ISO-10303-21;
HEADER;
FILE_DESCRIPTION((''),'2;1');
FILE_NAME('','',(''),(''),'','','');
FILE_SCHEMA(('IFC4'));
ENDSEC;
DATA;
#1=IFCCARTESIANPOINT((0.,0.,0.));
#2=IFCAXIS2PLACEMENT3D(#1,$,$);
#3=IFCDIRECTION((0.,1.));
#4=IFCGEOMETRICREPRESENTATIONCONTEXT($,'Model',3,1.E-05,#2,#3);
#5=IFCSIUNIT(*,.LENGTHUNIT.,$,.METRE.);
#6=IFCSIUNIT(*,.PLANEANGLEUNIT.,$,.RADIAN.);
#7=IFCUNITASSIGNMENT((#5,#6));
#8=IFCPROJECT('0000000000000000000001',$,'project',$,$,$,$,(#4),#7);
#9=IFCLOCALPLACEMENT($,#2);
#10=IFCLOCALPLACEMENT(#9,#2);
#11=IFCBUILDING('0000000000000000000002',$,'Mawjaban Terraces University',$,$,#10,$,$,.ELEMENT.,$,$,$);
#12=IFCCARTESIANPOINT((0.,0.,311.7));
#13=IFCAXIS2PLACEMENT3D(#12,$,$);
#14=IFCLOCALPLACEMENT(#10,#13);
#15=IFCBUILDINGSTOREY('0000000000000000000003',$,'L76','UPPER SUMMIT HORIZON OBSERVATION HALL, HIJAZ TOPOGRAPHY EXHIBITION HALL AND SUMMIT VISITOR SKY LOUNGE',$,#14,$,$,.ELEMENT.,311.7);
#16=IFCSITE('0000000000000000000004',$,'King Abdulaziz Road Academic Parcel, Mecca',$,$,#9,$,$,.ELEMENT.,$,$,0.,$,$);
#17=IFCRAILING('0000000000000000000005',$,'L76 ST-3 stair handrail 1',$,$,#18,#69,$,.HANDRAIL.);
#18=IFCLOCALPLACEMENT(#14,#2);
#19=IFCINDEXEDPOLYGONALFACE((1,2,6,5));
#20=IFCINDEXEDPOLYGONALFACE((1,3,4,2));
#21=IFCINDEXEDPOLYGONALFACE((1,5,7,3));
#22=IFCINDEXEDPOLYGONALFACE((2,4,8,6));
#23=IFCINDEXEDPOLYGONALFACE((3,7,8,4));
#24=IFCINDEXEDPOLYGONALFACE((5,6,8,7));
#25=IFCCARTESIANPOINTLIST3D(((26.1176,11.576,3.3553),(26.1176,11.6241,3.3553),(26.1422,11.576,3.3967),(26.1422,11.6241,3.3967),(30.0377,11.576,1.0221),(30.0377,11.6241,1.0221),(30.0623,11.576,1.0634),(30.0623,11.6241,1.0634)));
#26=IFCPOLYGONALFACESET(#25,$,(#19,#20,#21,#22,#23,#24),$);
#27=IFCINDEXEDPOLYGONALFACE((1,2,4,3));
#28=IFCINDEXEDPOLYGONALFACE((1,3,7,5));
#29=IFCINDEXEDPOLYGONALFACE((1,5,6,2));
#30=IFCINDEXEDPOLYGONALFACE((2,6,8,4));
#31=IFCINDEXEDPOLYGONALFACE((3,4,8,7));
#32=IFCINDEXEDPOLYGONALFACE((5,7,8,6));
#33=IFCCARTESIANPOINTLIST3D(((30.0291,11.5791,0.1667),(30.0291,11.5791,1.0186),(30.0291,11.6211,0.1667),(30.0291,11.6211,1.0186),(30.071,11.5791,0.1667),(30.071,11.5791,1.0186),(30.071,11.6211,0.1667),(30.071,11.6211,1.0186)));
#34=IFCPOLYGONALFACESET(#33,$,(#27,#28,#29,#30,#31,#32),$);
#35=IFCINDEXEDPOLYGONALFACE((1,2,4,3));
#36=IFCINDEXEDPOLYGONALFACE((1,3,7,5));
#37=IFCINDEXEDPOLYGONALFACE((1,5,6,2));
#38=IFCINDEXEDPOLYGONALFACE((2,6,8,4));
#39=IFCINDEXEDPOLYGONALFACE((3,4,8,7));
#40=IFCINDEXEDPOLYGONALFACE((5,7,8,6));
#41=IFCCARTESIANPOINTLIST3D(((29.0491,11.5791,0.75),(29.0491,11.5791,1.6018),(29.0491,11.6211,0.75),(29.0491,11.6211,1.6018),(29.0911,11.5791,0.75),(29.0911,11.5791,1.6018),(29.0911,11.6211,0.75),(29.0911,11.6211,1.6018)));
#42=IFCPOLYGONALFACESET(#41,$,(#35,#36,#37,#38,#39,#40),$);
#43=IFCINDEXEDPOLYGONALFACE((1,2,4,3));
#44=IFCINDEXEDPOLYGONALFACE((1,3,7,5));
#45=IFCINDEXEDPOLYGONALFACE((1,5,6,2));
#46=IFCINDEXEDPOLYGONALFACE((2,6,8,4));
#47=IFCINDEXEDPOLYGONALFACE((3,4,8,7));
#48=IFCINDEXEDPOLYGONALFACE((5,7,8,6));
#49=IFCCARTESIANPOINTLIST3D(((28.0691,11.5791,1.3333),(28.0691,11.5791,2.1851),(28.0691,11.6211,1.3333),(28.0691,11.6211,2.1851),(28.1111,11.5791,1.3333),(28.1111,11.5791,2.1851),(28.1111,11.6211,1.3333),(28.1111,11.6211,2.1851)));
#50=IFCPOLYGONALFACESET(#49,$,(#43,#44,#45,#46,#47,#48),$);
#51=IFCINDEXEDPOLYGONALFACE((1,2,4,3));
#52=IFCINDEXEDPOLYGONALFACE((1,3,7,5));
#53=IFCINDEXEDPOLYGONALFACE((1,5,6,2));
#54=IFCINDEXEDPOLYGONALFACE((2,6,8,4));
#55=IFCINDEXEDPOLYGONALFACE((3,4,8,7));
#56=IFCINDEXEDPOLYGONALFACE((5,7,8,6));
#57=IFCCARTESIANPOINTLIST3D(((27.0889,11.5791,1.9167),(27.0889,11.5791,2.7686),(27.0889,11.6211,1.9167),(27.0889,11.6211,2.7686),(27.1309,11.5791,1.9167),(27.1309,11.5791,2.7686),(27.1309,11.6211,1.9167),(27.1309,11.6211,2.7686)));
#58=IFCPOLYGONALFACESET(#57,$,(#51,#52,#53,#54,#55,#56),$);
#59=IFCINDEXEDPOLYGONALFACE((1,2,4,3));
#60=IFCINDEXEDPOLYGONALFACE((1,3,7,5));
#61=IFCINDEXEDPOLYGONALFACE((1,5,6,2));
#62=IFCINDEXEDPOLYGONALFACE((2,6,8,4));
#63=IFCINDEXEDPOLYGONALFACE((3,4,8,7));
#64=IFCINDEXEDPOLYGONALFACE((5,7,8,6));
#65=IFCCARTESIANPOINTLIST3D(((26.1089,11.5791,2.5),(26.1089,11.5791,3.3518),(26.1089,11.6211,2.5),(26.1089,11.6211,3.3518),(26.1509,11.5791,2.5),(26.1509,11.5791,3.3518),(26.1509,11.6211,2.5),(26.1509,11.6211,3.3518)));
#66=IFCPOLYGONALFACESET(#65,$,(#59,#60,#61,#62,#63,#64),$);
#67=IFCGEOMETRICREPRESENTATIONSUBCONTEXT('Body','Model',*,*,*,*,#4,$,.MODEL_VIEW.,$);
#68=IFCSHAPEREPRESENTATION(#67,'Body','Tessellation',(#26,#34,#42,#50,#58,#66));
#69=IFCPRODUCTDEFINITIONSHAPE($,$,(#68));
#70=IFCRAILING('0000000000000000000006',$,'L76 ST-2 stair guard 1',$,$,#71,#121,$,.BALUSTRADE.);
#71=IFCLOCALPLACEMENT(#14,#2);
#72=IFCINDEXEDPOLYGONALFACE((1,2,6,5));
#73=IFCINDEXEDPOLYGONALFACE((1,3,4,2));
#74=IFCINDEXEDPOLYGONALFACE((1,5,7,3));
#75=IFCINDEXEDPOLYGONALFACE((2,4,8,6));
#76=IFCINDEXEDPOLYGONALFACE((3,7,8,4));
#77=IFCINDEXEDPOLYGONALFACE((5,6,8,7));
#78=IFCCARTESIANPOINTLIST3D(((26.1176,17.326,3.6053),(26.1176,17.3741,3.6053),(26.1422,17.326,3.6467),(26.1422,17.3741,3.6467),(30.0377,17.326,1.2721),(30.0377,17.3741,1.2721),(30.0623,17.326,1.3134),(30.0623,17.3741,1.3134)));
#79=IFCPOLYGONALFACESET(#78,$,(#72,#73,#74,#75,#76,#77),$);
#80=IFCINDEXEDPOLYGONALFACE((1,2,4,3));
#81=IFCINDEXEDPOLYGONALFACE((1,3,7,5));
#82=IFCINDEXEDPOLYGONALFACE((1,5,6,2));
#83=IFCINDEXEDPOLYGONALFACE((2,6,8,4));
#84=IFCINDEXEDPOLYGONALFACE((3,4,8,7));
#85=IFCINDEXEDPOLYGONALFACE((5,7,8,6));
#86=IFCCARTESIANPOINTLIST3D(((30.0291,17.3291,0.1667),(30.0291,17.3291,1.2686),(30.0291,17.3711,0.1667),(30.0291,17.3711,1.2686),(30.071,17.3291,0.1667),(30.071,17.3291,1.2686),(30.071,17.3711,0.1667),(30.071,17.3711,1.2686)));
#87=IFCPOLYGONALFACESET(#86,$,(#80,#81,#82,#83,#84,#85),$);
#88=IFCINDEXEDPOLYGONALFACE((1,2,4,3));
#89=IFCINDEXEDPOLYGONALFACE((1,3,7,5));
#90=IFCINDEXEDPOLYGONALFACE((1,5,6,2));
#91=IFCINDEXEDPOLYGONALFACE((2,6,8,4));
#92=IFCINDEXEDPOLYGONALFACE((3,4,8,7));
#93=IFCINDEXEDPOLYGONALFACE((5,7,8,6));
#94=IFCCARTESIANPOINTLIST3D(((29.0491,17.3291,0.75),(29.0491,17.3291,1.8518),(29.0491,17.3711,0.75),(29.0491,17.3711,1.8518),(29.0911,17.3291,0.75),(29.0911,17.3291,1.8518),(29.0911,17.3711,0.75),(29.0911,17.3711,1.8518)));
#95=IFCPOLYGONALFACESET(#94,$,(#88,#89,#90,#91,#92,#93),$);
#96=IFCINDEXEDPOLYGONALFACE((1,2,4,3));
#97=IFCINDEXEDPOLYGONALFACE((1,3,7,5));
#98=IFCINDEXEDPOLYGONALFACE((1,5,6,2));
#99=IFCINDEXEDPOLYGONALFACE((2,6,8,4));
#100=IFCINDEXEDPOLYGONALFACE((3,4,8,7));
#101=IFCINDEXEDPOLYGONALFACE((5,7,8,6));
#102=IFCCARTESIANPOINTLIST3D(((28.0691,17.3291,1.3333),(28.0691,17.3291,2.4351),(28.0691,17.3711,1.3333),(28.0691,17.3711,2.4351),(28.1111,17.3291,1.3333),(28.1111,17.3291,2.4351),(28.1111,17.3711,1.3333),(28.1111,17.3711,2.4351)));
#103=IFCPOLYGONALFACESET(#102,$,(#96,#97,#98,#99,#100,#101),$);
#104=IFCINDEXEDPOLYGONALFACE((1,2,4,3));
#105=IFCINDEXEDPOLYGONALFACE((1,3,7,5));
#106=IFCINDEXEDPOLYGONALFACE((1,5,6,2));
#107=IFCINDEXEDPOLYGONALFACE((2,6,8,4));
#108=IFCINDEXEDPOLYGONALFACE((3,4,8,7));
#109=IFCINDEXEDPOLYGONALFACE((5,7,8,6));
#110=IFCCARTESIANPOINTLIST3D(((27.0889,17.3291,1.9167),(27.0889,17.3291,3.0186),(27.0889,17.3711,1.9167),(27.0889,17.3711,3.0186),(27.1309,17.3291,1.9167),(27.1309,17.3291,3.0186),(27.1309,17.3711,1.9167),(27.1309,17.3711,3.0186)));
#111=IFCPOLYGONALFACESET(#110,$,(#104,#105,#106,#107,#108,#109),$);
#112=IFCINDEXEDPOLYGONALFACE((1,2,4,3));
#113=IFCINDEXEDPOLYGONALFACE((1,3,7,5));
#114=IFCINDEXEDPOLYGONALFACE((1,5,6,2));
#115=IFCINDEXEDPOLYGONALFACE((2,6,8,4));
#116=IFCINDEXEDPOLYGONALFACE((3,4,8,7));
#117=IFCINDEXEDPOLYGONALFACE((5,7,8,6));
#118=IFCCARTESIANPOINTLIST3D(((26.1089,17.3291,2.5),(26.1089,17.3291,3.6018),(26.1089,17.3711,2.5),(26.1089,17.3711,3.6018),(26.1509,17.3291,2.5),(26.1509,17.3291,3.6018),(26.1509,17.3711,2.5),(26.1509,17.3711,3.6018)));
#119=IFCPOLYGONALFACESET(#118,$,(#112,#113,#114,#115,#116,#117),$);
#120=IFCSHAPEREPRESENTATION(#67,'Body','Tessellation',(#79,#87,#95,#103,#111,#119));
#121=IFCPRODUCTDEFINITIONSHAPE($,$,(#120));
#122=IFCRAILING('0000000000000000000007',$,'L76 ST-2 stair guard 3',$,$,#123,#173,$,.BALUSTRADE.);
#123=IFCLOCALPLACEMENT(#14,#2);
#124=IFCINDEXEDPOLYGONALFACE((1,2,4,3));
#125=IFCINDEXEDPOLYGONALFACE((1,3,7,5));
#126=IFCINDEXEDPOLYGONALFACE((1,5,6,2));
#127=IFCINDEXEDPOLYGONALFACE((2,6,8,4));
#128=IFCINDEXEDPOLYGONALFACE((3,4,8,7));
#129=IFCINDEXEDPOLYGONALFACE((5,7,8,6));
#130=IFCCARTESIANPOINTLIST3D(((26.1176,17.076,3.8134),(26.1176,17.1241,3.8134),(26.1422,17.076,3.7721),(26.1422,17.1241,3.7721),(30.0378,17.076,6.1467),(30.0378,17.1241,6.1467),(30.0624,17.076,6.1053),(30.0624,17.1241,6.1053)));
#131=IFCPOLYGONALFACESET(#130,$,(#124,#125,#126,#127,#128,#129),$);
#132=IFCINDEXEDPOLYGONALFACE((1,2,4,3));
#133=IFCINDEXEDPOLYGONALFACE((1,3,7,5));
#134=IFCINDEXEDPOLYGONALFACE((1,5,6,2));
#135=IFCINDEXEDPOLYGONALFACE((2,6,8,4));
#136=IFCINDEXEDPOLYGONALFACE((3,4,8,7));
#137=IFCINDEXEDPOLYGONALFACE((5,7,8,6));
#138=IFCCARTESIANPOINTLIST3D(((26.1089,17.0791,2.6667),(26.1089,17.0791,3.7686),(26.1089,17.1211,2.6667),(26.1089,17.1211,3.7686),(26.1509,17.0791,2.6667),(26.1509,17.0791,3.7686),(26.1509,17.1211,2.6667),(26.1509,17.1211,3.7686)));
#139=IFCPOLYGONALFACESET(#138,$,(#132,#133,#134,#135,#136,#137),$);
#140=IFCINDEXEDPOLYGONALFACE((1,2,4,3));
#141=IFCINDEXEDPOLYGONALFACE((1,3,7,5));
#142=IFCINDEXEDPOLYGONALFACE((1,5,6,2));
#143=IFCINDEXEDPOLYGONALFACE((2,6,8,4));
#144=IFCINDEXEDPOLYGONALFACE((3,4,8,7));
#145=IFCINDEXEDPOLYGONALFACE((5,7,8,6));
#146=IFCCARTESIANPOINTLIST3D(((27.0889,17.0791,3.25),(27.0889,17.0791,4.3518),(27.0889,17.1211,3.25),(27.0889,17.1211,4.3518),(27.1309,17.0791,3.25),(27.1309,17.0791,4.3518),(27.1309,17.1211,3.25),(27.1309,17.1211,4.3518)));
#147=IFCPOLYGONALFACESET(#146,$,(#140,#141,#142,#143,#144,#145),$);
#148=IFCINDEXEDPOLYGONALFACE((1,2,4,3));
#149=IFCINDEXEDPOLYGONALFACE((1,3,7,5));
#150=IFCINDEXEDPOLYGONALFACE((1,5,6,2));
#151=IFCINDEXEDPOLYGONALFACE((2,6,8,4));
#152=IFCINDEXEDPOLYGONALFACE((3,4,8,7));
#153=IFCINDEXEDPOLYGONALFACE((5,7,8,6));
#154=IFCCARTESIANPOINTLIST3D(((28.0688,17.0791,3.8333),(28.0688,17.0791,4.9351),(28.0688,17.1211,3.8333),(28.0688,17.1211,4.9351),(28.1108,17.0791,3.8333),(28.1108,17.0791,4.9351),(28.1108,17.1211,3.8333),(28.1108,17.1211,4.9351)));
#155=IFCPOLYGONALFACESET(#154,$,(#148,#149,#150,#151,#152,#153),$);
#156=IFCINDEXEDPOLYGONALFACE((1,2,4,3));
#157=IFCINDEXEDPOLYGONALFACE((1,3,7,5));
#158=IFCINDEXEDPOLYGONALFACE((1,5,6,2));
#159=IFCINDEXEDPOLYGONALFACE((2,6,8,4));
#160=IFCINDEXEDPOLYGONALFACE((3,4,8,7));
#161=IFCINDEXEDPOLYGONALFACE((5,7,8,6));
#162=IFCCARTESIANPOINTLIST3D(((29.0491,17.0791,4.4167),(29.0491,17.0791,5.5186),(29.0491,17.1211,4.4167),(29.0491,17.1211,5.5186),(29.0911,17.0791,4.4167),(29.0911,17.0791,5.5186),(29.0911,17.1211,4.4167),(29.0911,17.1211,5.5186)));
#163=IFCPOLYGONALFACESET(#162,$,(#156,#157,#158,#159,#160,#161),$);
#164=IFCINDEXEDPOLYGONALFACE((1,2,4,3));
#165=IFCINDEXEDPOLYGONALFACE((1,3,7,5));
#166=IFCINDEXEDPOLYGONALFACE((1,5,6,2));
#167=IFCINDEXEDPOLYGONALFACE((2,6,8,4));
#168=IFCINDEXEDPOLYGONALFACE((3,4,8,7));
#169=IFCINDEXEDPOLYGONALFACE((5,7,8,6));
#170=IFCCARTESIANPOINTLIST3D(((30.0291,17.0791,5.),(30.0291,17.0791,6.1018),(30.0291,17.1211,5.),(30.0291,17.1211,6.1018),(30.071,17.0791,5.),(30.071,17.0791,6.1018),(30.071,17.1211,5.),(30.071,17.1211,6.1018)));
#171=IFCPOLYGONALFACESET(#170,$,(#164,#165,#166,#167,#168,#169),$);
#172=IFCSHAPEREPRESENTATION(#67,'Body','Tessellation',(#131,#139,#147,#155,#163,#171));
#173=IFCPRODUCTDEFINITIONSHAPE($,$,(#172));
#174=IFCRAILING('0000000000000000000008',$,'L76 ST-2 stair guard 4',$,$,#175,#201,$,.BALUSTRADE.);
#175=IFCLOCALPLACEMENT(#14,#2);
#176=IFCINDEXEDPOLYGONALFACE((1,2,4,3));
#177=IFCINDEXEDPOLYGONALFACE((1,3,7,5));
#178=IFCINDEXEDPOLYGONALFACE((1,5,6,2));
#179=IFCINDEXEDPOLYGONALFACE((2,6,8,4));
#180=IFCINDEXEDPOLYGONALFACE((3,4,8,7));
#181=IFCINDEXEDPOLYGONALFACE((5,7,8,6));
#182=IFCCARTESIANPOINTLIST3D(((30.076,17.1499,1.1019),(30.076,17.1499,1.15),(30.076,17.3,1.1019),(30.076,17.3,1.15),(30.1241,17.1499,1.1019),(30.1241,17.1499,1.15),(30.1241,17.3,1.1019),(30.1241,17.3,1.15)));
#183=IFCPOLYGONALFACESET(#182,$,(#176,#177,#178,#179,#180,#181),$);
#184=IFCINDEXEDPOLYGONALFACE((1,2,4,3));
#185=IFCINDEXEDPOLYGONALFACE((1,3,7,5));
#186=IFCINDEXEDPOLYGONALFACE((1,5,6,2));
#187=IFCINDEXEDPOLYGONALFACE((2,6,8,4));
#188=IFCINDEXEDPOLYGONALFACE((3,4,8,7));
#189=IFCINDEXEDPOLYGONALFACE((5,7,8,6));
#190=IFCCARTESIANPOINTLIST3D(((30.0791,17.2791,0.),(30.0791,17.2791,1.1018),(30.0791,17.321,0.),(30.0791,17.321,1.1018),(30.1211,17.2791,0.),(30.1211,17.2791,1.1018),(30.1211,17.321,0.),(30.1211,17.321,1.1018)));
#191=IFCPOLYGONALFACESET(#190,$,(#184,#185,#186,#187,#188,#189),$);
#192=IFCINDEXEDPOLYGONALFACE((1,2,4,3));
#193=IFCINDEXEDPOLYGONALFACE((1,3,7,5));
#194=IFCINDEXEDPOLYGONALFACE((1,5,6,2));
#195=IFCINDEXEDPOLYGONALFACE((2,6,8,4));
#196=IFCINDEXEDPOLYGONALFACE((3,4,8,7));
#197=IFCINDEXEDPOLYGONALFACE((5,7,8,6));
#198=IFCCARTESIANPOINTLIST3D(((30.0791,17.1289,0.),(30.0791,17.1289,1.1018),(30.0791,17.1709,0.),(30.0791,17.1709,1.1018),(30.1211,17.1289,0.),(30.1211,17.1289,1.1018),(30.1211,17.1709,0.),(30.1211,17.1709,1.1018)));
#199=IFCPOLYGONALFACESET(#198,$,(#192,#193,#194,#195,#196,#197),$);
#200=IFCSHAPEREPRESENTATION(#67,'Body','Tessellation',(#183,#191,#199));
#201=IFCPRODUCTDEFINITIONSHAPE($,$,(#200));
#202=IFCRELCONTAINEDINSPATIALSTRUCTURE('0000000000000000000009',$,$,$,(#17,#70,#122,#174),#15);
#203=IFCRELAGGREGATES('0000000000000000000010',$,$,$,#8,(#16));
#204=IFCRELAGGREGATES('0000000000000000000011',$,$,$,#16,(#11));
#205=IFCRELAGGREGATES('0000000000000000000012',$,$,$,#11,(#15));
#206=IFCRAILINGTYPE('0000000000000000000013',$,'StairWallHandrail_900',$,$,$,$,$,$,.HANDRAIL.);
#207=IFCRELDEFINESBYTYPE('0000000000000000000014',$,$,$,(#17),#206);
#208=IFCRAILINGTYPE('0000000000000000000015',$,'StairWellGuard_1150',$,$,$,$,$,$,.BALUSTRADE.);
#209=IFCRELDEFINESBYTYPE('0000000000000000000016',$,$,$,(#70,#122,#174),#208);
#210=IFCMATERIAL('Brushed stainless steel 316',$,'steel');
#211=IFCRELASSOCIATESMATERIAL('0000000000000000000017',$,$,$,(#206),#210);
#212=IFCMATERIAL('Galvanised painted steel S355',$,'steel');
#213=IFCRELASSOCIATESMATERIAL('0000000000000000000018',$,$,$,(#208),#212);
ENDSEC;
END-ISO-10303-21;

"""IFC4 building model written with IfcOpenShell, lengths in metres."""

from ifc_helpers import new_model, si_unit, direction, frame, origin, origin_2d, place, context, subcontext, project, spatial, rectangle, extrude, material, type_object, element, save


model = new_model("IFC4")

# Units and contexts
model_context = context("Model", 3, precision=1e-05, world=origin(), true_north=direction((0.0, 1.0)))
body_context = subcontext(model_context, "Body", "Model", "MODEL_VIEW")
ifc_project = project(units=[si_unit("LENGTHUNIT", "METRE"), si_unit("PLANEANGLEUNIT", "RADIAN")], contexts=[model_context])

# Site, building, storey
site_placement = place(None, origin())
site = spatial("IfcSite", under=ifc_project, at=site_placement, Name="King Abdulaziz Road Academic Parcel, Mecca", CompositionType="ELEMENT", RefElevation=0.0)
building_placement = place(site_placement, origin())
building = spatial("IfcBuilding", under=site, at=building_placement, Name="Mawjaban Terraces University", CompositionType="ELEMENT")
storey_placement = place(building_placement, frame((0.0, 0.0, 311.7)))
storey = spatial("IfcBuildingStorey", under=building, at=storey_placement, Name="L76", Description="UPPER SUMMIT HORIZON OBSERVATION HALL, HIJAZ TOPOGRAPHY EXHIBITION HALL AND SUMMIT VISITOR SKY LOUNGE", CompositionType="ELEMENT", Elevation=311.7)

# Railings
ifc_material_1 = material(Name="Brushed stainless steel 316", Category="steel")
railing_type_1 = type_object("IfcRailingType", Name="StairWallHandrail_900", PredefinedType="HANDRAIL", material=ifc_material_1)
for number, where, name in (
    (1, (30.05, 11.6001, 0.1667), "L76 ST-3 stair handrail 1"),
):
    element("IfcRailing", number, at=place(storey_placement, frame(where)), inside=storey, type_object=railing_type_1, Name=name, PredefinedType="HANDRAIL", context=body_context, shape_type="SweptSolid", body=[
        extrude(rectangle(XDim=0.0481, YDim=0.0481, at=origin_2d()), frame((0.0, 0.0, 0.876), z_axis=(-0.85931, 0.0, 0.511455), x_axis=(0.0, -1.0, 0.0)), (0.0, 0.0, 1.0), 4.562),
        extrude(rectangle(XDim=0.042, YDim=0.042, at=origin_2d()), origin(), (0.0, 0.0, 1.0), 0.8518),
        extrude(rectangle(XDim=0.042, YDim=0.042, at=origin_2d()), frame((-0.98, 0.0, 0.5833)), (0.0, 0.0, 1.0), 0.8518),
        extrude(rectangle(XDim=0.042, YDim=0.042, at=origin_2d()), frame((-1.96, 0.0, 1.1665)), (0.0, 0.0, 1.0), 0.8518),
        extrude(rectangle(XDim=0.042, YDim=0.042, at=origin_2d()), frame((-2.9402, 0.0, 1.75)), (0.0, 0.0, 1.0), 0.8518),
        extrude(rectangle(XDim=0.042, YDim=0.042, at=origin_2d()), frame((-3.9202, 0.0, 2.3333)), (0.0, 0.0, 1.0), 0.8518),
    ])
ifc_material_2 = material(Name="Galvanised painted steel S355", Category="steel")
railing_type_2 = type_object("IfcRailingType", Name="StairWellGuard_1150", PredefinedType="BALUSTRADE", material=ifc_material_2)
railing_1_placement = place(storey_placement, frame((30.05, 17.3501, 0.1667)))
element("IfcRailing", 2, at=railing_1_placement, inside=storey, type_object=railing_type_2, Name="L76 ST-2 stair guard 1", PredefinedType="BALUSTRADE", context=body_context, shape_type="SweptSolid", body=[
    extrude(rectangle(XDim=0.0481, YDim=0.0481, at=origin_2d()), frame((0.0, 0.0, 1.126), z_axis=(-0.85931, 0.0, 0.511455), x_axis=(0.0, -1.0, 0.0)), (0.0, 0.0, 1.0), 4.562),
    extrude(rectangle(XDim=0.042, YDim=0.042, at=origin_2d()), origin(), (0.0, 0.0, 1.0), 1.1018),
    extrude(rectangle(XDim=0.042, YDim=0.042, at=origin_2d()), frame((-0.98, 0.0, 0.5833)), (0.0, 0.0, 1.0), 1.1018),
    extrude(rectangle(XDim=0.042, YDim=0.042, at=origin_2d()), frame((-1.96, 0.0, 1.1665)), (0.0, 0.0, 1.0), 1.1018),
    extrude(rectangle(XDim=0.042, YDim=0.042, at=origin_2d()), frame((-2.9402, 0.0, 1.75)), (0.0, 0.0, 1.0), 1.1018),
    extrude(rectangle(XDim=0.042, YDim=0.042, at=origin_2d()), frame((-3.9202, 0.0, 2.3333)), (0.0, 0.0, 1.0), 1.1018),
])
railing_2_placement = place(storey_placement, frame((26.1299, 17.1001, 2.6667)))
element("IfcRailing", 3, at=railing_2_placement, inside=storey, type_object=railing_type_2, Name="L76 ST-2 stair guard 3", PredefinedType="BALUSTRADE", context=body_context, shape_type="SweptSolid", body=[
    extrude(rectangle(XDim=0.0481, YDim=0.0481, at=origin_2d()), frame((0.0, 0.0, 1.126), z_axis=(0.85931, 0.0, 0.511455), x_axis=(0.0, 1.0, 0.0)), (0.0, 0.0, 1.0), 4.562),
    extrude(rectangle(XDim=0.042, YDim=0.042, at=origin_2d()), origin(), (0.0, 0.0, 1.0), 1.1018),
    extrude(rectangle(XDim=0.042, YDim=0.042, at=origin_2d()), frame((0.98, 0.0, 0.5833)), (0.0, 0.0, 1.0), 1.1018),
    extrude(rectangle(XDim=0.042, YDim=0.042, at=origin_2d()), frame((1.96, 0.0, 1.1665)), (0.0, 0.0, 1.0), 1.1018),
    extrude(rectangle(XDim=0.042, YDim=0.042, at=origin_2d()), frame((2.9402, 0.0, 1.75)), (0.0, 0.0, 1.0), 1.1018),
    extrude(rectangle(XDim=0.042, YDim=0.042, at=origin_2d()), frame((3.9202, 0.0, 2.3333)), (0.0, 0.0, 1.0), 1.1018),
])
railing_3_placement = place(storey_placement, frame((30.1001, 17.3, 0.0)))
element("IfcRailing", 4, at=railing_3_placement, inside=storey, type_object=railing_type_2, Name="L76 ST-2 stair guard 4", PredefinedType="BALUSTRADE", context=body_context, shape_type="SweptSolid", body=[
    extrude(rectangle(XDim=0.0481, YDim=0.0481, at=origin_2d()), frame((0.0, 0.0, 1.126), z_axis=(0.0, -1.0, 0.0), x_axis=(1.0, 0.0, 0.0)), (0.0, 0.0, 1.0), 0.1501),
    extrude(rectangle(XDim=0.042, YDim=0.042, at=origin_2d()), origin(), (0.0, 0.0, 1.0), 1.1018),
    extrude(rectangle(XDim=0.042, YDim=0.042, at=origin_2d()), frame((0.0, -0.1501, 0.0)), (0.0, 0.0, 1.0), 1.1018),
])

save(model, "model.ifc")
